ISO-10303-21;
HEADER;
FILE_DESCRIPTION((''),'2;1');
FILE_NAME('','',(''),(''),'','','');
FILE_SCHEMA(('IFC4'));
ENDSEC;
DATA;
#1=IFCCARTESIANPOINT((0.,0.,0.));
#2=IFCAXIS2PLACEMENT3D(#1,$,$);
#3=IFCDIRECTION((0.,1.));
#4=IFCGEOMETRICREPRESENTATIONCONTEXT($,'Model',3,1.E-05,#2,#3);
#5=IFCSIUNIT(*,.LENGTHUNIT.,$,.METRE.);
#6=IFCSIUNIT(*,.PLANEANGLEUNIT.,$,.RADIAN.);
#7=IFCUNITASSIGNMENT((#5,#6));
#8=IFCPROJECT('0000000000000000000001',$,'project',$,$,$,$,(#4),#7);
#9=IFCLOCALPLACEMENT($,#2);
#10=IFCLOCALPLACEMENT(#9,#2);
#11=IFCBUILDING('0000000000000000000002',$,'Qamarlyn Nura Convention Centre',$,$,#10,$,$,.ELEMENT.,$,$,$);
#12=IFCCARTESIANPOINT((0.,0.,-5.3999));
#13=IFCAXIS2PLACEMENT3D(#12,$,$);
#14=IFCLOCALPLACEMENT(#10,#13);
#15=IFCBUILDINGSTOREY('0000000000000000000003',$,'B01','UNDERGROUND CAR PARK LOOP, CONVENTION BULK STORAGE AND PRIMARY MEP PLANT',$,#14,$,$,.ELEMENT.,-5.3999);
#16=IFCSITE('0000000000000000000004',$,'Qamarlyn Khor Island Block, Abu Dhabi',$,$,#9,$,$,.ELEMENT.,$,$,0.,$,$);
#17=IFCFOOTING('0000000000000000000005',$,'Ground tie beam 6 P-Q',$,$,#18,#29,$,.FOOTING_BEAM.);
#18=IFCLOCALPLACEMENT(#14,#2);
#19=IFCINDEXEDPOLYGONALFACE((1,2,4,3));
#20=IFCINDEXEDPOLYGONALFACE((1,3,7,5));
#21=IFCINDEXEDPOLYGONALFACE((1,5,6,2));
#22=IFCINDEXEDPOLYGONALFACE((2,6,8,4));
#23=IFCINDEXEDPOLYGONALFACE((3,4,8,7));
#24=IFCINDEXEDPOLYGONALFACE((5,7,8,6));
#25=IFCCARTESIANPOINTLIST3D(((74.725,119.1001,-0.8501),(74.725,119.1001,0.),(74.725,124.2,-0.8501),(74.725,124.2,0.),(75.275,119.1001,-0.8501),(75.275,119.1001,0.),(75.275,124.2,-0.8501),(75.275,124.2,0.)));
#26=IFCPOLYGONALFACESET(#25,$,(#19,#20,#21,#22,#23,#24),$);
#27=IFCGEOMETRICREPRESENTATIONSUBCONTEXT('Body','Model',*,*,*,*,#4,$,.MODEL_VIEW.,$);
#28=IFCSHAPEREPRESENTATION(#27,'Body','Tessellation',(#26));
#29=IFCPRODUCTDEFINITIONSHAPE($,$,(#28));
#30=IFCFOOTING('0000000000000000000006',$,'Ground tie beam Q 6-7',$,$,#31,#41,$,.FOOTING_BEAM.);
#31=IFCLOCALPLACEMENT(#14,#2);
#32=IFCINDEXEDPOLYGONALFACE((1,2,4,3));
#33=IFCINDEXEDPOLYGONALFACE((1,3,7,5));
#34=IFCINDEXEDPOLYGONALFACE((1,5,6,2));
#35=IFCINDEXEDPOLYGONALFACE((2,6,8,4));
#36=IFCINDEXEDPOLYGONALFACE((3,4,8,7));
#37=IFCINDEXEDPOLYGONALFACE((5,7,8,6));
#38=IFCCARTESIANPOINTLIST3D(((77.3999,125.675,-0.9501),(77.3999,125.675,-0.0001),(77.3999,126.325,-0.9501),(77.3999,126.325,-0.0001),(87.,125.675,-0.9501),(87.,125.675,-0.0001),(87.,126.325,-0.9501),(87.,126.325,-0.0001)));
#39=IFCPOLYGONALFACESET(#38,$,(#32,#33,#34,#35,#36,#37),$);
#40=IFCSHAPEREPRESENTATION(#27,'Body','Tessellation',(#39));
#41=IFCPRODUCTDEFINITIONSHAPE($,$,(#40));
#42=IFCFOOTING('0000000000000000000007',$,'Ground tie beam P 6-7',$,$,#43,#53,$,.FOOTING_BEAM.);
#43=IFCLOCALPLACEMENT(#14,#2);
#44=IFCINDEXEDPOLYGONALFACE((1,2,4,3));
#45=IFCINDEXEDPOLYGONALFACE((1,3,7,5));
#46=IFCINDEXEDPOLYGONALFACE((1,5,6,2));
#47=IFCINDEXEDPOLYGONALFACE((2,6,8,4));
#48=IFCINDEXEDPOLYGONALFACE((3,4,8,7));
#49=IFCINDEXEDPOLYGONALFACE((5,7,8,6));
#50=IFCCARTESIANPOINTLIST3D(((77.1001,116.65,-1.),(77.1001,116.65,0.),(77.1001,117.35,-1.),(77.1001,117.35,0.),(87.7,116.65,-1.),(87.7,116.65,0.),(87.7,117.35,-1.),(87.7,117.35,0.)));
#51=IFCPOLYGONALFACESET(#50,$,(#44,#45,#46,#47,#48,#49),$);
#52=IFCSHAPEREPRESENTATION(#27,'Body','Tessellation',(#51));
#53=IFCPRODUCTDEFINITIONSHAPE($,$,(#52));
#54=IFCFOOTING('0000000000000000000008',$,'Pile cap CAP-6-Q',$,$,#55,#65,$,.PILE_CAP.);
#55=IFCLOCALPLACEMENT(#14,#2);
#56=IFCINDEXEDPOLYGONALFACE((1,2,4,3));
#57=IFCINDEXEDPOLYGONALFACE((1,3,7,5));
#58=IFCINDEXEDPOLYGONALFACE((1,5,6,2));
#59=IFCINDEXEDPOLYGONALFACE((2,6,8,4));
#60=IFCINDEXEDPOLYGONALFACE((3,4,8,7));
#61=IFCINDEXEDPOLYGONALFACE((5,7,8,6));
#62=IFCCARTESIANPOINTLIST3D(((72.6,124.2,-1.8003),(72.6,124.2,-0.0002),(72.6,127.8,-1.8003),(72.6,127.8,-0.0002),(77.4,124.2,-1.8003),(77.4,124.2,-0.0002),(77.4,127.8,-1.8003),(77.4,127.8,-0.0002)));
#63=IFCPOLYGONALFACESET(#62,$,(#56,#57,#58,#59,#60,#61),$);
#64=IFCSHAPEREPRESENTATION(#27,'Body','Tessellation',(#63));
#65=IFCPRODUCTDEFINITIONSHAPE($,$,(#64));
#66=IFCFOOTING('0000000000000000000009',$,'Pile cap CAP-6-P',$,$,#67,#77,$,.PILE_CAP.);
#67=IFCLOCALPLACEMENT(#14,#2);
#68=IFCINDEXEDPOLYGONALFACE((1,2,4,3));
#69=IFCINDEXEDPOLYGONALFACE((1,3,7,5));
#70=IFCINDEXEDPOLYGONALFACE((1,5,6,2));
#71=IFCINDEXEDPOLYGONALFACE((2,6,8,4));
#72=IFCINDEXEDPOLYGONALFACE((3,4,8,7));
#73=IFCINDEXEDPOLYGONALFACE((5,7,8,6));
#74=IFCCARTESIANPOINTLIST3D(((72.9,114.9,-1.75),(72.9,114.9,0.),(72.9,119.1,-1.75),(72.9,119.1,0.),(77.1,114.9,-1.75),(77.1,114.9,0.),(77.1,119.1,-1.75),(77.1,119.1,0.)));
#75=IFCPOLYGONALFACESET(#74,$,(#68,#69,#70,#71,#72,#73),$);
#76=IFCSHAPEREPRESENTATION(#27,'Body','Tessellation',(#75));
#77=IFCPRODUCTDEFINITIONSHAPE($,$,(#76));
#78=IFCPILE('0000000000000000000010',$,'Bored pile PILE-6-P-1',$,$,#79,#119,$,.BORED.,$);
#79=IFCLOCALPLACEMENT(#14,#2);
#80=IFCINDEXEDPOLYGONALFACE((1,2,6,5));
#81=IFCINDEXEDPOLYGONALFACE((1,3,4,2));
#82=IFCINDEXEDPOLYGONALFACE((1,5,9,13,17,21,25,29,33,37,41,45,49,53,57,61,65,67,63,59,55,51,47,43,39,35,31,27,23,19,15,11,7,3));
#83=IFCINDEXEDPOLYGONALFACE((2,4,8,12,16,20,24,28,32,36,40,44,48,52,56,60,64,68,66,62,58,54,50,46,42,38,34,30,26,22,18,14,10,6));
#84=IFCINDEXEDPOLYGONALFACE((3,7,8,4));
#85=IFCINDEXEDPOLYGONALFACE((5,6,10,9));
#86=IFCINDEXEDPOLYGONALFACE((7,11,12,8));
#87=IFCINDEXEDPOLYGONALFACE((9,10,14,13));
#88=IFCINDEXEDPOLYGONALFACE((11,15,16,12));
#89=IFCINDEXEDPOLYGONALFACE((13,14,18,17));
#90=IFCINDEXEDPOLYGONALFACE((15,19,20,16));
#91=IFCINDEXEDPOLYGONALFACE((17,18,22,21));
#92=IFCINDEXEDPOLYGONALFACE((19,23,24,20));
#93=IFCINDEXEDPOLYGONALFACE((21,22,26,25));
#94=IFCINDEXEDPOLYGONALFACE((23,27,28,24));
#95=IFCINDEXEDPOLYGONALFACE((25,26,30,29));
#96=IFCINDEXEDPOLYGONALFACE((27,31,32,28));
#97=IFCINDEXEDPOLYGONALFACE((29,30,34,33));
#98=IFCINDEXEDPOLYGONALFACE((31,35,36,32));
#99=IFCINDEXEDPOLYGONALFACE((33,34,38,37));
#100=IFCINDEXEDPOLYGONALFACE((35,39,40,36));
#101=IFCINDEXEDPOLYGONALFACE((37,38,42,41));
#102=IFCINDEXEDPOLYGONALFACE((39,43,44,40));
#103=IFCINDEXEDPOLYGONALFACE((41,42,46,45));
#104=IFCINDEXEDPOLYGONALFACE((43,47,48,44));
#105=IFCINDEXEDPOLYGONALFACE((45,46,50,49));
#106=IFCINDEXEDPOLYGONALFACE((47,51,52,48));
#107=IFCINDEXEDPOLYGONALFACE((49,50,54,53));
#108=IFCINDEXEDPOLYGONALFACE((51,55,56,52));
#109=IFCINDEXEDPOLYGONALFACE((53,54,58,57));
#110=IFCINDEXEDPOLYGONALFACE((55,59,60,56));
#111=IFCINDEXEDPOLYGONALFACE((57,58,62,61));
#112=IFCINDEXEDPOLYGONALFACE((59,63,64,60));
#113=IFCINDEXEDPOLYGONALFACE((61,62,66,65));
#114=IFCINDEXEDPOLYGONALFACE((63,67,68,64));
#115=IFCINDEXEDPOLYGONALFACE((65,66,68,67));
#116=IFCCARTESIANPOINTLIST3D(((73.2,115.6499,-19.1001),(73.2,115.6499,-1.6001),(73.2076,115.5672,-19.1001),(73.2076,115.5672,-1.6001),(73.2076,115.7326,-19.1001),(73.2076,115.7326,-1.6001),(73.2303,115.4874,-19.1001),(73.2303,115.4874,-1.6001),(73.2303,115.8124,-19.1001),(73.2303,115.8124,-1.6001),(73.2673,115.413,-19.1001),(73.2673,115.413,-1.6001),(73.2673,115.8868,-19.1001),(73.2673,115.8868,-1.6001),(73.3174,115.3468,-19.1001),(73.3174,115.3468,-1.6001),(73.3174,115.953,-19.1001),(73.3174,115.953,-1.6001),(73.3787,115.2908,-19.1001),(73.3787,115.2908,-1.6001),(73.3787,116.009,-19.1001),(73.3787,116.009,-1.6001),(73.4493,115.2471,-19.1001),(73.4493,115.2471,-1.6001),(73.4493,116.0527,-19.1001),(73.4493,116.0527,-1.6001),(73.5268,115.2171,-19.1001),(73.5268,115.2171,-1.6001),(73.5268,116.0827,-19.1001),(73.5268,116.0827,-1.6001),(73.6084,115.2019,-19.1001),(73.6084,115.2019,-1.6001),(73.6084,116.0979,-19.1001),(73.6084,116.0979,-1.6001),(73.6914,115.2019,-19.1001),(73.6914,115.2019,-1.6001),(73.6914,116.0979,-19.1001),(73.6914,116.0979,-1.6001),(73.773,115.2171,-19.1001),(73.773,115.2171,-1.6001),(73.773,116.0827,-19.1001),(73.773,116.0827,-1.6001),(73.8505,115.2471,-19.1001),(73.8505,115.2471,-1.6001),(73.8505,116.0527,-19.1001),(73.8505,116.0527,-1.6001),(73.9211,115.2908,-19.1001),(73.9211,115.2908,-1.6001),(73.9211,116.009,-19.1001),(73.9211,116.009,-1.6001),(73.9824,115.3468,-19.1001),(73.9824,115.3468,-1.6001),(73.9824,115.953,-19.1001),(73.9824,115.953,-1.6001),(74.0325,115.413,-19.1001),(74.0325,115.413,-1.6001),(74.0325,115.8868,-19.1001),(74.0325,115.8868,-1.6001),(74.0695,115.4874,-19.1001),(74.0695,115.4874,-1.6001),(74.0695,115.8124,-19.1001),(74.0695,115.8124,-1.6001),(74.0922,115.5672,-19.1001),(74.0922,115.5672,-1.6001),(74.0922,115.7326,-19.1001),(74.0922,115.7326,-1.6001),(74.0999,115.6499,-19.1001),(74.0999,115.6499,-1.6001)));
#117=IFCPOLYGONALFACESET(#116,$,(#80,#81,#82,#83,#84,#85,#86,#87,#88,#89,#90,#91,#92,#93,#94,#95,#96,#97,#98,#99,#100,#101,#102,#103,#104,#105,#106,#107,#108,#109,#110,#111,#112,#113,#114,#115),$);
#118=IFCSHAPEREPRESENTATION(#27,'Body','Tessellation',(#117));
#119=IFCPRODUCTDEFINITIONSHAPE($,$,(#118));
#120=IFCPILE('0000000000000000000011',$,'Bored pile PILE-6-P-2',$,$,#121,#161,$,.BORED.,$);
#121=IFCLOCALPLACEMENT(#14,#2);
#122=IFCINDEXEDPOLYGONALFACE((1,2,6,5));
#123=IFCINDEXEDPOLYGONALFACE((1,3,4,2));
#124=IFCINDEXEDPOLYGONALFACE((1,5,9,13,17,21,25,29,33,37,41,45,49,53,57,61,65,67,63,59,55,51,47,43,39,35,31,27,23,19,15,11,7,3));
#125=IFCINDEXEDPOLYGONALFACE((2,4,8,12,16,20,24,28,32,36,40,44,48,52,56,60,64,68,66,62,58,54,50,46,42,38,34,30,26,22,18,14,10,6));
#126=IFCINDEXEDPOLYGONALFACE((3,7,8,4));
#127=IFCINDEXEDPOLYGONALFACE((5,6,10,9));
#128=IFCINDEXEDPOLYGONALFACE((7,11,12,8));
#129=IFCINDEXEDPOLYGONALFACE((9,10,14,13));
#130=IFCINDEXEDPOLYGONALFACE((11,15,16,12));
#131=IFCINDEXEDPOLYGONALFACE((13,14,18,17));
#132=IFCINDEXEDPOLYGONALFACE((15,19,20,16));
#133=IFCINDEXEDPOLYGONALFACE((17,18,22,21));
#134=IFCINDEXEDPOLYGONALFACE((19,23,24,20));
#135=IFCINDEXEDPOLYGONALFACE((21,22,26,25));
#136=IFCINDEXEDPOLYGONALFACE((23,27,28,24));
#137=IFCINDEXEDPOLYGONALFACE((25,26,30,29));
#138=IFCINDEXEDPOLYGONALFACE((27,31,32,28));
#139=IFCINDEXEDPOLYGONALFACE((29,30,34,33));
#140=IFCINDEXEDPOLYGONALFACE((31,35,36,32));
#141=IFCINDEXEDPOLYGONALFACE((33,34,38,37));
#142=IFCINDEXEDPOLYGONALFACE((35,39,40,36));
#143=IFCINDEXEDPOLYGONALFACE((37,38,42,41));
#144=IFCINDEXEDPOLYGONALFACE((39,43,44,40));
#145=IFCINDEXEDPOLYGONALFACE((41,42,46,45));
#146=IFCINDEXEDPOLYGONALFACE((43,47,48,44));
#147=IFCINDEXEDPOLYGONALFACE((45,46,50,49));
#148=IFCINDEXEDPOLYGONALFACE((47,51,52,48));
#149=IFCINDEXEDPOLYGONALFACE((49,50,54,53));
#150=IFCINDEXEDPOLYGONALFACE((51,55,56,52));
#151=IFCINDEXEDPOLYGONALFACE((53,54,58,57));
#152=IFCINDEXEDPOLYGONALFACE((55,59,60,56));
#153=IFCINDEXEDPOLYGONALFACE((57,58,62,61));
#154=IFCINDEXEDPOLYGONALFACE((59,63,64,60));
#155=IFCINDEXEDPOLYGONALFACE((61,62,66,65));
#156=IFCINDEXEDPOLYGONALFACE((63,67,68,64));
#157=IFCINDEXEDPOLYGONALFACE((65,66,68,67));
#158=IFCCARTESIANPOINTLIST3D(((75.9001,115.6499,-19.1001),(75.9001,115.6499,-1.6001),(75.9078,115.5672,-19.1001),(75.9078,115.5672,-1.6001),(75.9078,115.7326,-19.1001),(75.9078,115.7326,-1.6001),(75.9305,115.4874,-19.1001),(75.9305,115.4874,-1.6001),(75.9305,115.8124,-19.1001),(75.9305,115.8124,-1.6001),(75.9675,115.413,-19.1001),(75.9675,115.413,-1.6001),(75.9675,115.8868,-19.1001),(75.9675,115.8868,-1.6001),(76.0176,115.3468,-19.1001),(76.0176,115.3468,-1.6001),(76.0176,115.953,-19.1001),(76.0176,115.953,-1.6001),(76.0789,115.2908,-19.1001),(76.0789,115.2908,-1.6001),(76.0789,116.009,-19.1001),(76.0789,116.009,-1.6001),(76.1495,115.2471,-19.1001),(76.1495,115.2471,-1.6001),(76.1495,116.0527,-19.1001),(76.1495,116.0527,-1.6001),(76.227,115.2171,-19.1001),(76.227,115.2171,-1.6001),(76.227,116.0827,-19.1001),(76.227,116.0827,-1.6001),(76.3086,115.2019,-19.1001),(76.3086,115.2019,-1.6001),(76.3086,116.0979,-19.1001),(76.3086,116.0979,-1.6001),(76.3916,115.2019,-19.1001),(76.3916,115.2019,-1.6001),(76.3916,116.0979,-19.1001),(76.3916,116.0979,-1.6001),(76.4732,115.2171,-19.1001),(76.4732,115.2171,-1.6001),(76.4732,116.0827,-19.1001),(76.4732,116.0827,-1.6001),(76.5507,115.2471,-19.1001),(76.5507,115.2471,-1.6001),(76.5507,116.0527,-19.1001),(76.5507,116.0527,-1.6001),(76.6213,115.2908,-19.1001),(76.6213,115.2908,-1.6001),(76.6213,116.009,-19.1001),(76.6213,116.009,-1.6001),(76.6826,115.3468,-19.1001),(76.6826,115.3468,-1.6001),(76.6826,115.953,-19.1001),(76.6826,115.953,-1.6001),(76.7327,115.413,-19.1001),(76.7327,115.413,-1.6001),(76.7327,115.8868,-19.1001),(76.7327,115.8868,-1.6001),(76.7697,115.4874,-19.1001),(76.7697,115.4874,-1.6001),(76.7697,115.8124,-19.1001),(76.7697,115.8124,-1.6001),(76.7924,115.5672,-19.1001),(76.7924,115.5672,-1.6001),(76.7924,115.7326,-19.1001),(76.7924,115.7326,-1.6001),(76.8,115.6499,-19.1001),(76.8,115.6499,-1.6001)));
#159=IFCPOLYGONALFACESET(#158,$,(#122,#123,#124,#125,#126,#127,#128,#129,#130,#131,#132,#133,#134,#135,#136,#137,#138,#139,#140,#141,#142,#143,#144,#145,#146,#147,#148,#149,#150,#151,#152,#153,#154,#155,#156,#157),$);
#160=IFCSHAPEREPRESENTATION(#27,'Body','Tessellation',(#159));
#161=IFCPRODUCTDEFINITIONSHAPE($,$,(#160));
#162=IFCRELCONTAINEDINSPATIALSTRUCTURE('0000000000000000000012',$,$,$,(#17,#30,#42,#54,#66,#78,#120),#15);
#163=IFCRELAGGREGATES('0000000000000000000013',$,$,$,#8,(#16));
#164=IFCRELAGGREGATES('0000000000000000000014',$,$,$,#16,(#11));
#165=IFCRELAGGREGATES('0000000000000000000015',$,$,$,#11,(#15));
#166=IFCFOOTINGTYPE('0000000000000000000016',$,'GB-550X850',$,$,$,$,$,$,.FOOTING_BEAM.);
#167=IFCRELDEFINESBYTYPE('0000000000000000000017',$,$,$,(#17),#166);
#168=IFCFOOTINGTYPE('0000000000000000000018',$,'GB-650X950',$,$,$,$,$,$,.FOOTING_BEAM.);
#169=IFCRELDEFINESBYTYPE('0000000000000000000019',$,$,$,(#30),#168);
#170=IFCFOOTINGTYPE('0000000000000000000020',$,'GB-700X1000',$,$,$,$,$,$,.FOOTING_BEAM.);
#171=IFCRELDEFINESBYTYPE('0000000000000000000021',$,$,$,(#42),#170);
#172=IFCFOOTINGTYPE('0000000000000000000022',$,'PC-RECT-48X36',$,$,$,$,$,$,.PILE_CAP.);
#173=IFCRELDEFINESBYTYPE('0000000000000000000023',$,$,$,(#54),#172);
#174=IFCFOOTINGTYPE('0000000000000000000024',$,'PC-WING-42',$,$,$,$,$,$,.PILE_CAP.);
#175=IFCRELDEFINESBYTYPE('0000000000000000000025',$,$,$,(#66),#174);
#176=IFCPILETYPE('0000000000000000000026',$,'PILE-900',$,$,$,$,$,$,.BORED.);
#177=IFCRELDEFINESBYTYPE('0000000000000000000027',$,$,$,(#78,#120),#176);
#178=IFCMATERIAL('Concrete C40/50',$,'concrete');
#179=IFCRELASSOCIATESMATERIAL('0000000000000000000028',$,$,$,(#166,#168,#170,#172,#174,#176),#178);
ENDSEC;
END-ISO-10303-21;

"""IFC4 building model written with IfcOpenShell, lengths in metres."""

from ifc_helpers import new_model, si_unit, direction, frame, origin, origin_2d, place, context, subcontext, project, spatial, rectangle, circle, extrude, material, material_profile, profile_set, type_object, element, save


model = new_model("IFC4")

# Units and contexts
model_context = context("Model", 3, precision=1e-05, world=origin(), true_north=direction((0.0, 1.0)))
body_context = subcontext(model_context, "Body", "Model", "MODEL_VIEW")
ifc_project = project(units=[si_unit("LENGTHUNIT", "METRE"), si_unit("PLANEANGLEUNIT", "RADIAN")], contexts=[model_context])

# Site, building, storey
site_placement = place(None, origin())
site = spatial("IfcSite", under=ifc_project, at=site_placement, Name="Qamarlyn Khor Island Block, Abu Dhabi", CompositionType="ELEMENT", RefElevation=0.0)
building_placement = place(site_placement, origin())
building = spatial("IfcBuilding", under=site, at=building_placement, Name="Qamarlyn Nura Convention Centre", CompositionType="ELEMENT")
storey_placement = place(building_placement, frame((0.0, 0.0, -5.3999)))
storey = spatial("IfcBuildingStorey", under=building, at=storey_placement, Name="B01", Description="UNDERGROUND CAR PARK LOOP, CONVENTION BULK STORAGE AND PRIMARY MEP PLANT", CompositionType="ELEMENT", Elevation=-5.3999)

# Footings
ifc_material_1 = material(Name="Concrete C40/50", Category="concrete")
ifc_material_profile_1 = material_profile(ifc_material_1, rectangle(XDim=0.55, YDim=0.8501, at=origin_2d()), Name="RC GB 550x850")
ifc_profile_set_1 = profile_set([ifc_material_profile_1], Name="Concrete C40/50")
footing_type_1 = type_object("IfcFootingType", Name="GB-550X850", PredefinedType="FOOTING_BEAM", material=ifc_profile_set_1)
footing_1_placement = place(storey_placement, frame((75.0, 119.1001, -0.425), z_axis=(0.0, 1.0, 0.0), x_axis=(-1.0, 0.0, 0.0)))
element("IfcFooting", 1, at=footing_1_placement, inside=storey, type_object=footing_type_1, Name="Ground tie beam 6 P-Q", PredefinedType="FOOTING_BEAM", context=body_context, shape_type="SweptSolid", body=[
    extrude(rectangle(XDim=0.55, YDim=0.8501, at=origin_2d()), origin(), (0.0, 0.0, 1.0), 5.0999),
])
ifc_material_profile_2 = material_profile(ifc_material_1, rectangle(XDim=0.6499, YDim=0.95, at=origin_2d()), Name="RC GB 650x950")
ifc_profile_set_2 = profile_set([ifc_material_profile_2], Name="Concrete C40/50")
footing_type_2 = type_object("IfcFootingType", Name="GB-650X950", PredefinedType="FOOTING_BEAM", material=ifc_profile_set_2)
footing_2_placement = place(storey_placement, frame((77.3999, 126.0, -0.4751), z_axis=(1.0, 0.0, 0.0), x_axis=(0.0, 1.0, 0.0)))
element("IfcFooting", 2, at=footing_2_placement, inside=storey, type_object=footing_type_2, Name="Ground tie beam Q 6-7", PredefinedType="FOOTING_BEAM", context=body_context, shape_type="SweptSolid", body=[
    extrude(rectangle(XDim=0.6499, YDim=0.95, at=origin_2d()), origin(), (0.0, 0.0, 1.0), 9.6001),
])
ifc_material_profile_3 = material_profile(ifc_material_1, rectangle(XDim=0.7, YDim=1.0, at=origin_2d()), Name="RC GB 700x1000")
ifc_profile_set_3 = profile_set([ifc_material_profile_3], Name="Concrete C40/50")
footing_type_3 = type_object("IfcFootingType", Name="GB-700X1000", PredefinedType="FOOTING_BEAM", material=ifc_profile_set_3)
footing_3_placement = place(storey_placement, frame((77.1001, 117.0, -0.5), z_axis=(1.0, 0.0, 0.0), x_axis=(0.0, 1.0, 0.0)))
element("IfcFooting", 3, at=footing_3_placement, inside=storey, type_object=footing_type_3, Name="Ground tie beam P 6-7", PredefinedType="FOOTING_BEAM", context=body_context, shape_type="SweptSolid", body=[
    extrude(rectangle(XDim=0.7, YDim=1.0, at=origin_2d()), origin(), (0.0, 0.0, 1.0), 10.5999),
])
footing_type_4 = type_object("IfcFootingType", Name="PC-RECT-48X36", PredefinedType="PILE_CAP", material=ifc_material_1)
footing_4_placement = place(storey_placement, frame((75.0, 126.0, -1.8003), z_axis=(0.0, 0.0, 1.0), x_axis=(1.0, 0.0, 0.0)))
element("IfcFooting", 4, at=footing_4_placement, inside=storey, type_object=footing_type_4, Name="Pile cap CAP-6-Q", PredefinedType="PILE_CAP", context=body_context, shape_type="SweptSolid", body=[
    extrude(rectangle(XDim=4.8, YDim=3.6001, at=origin_2d()), origin(), (0.0, 0.0, 1.0), 1.8),
])
footing_type_5 = type_object("IfcFootingType", Name="PC-WING-42", PredefinedType="PILE_CAP", material=ifc_material_1)
footing_5_placement = place(storey_placement, frame((75.0, 117.0, -1.75), z_axis=(0.0, 0.0, 1.0), x_axis=(1.0, 0.0, 0.0)))
element("IfcFooting", 5, at=footing_5_placement, inside=storey, type_object=footing_type_5, Name="Pile cap CAP-6-P", PredefinedType="PILE_CAP", context=body_context, shape_type="SweptSolid", body=[
    extrude(rectangle(XDim=4.2, YDim=4.2, at=origin_2d()), origin(), (0.0, 0.0, 1.0), 1.75),
])

# Piles
ifc_material_profile_4 = material_profile(ifc_material_1, circle(Radius=0.45, at=origin_2d()), Name="BORED PILE 900")
ifc_profile_set_4 = profile_set([ifc_material_profile_4], Name="Concrete C40/50")
pile_type = type_object("IfcPileType", Name="PILE-900", PredefinedType="BORED", material=ifc_profile_set_4)
for number, where, z_axis, x_axis, name in (
    (6, (73.6499, 115.6499, -1.6001), (0.0, 0.0, -1.0), (1.0, 0.0, 0.0), "Bored pile PILE-6-P-1"),
    (7, (76.3501, 115.6499, -1.6001), (0.0, 0.0, -1.0), (1.0, 0.0, 0.0), "Bored pile PILE-6-P-2"),
):
    element("IfcPile", number, at=place(storey_placement, frame(where, z_axis=z_axis, x_axis=x_axis)), inside=storey, type_object=pile_type, Name=name, PredefinedType="BORED", context=body_context, shape_type="SweptSolid", body=[
        extrude(circle(Radius=0.45, at=origin_2d()), origin(), (0.0, 0.0, 1.0), 17.5),
    ])

save(model, "model.ifc")
